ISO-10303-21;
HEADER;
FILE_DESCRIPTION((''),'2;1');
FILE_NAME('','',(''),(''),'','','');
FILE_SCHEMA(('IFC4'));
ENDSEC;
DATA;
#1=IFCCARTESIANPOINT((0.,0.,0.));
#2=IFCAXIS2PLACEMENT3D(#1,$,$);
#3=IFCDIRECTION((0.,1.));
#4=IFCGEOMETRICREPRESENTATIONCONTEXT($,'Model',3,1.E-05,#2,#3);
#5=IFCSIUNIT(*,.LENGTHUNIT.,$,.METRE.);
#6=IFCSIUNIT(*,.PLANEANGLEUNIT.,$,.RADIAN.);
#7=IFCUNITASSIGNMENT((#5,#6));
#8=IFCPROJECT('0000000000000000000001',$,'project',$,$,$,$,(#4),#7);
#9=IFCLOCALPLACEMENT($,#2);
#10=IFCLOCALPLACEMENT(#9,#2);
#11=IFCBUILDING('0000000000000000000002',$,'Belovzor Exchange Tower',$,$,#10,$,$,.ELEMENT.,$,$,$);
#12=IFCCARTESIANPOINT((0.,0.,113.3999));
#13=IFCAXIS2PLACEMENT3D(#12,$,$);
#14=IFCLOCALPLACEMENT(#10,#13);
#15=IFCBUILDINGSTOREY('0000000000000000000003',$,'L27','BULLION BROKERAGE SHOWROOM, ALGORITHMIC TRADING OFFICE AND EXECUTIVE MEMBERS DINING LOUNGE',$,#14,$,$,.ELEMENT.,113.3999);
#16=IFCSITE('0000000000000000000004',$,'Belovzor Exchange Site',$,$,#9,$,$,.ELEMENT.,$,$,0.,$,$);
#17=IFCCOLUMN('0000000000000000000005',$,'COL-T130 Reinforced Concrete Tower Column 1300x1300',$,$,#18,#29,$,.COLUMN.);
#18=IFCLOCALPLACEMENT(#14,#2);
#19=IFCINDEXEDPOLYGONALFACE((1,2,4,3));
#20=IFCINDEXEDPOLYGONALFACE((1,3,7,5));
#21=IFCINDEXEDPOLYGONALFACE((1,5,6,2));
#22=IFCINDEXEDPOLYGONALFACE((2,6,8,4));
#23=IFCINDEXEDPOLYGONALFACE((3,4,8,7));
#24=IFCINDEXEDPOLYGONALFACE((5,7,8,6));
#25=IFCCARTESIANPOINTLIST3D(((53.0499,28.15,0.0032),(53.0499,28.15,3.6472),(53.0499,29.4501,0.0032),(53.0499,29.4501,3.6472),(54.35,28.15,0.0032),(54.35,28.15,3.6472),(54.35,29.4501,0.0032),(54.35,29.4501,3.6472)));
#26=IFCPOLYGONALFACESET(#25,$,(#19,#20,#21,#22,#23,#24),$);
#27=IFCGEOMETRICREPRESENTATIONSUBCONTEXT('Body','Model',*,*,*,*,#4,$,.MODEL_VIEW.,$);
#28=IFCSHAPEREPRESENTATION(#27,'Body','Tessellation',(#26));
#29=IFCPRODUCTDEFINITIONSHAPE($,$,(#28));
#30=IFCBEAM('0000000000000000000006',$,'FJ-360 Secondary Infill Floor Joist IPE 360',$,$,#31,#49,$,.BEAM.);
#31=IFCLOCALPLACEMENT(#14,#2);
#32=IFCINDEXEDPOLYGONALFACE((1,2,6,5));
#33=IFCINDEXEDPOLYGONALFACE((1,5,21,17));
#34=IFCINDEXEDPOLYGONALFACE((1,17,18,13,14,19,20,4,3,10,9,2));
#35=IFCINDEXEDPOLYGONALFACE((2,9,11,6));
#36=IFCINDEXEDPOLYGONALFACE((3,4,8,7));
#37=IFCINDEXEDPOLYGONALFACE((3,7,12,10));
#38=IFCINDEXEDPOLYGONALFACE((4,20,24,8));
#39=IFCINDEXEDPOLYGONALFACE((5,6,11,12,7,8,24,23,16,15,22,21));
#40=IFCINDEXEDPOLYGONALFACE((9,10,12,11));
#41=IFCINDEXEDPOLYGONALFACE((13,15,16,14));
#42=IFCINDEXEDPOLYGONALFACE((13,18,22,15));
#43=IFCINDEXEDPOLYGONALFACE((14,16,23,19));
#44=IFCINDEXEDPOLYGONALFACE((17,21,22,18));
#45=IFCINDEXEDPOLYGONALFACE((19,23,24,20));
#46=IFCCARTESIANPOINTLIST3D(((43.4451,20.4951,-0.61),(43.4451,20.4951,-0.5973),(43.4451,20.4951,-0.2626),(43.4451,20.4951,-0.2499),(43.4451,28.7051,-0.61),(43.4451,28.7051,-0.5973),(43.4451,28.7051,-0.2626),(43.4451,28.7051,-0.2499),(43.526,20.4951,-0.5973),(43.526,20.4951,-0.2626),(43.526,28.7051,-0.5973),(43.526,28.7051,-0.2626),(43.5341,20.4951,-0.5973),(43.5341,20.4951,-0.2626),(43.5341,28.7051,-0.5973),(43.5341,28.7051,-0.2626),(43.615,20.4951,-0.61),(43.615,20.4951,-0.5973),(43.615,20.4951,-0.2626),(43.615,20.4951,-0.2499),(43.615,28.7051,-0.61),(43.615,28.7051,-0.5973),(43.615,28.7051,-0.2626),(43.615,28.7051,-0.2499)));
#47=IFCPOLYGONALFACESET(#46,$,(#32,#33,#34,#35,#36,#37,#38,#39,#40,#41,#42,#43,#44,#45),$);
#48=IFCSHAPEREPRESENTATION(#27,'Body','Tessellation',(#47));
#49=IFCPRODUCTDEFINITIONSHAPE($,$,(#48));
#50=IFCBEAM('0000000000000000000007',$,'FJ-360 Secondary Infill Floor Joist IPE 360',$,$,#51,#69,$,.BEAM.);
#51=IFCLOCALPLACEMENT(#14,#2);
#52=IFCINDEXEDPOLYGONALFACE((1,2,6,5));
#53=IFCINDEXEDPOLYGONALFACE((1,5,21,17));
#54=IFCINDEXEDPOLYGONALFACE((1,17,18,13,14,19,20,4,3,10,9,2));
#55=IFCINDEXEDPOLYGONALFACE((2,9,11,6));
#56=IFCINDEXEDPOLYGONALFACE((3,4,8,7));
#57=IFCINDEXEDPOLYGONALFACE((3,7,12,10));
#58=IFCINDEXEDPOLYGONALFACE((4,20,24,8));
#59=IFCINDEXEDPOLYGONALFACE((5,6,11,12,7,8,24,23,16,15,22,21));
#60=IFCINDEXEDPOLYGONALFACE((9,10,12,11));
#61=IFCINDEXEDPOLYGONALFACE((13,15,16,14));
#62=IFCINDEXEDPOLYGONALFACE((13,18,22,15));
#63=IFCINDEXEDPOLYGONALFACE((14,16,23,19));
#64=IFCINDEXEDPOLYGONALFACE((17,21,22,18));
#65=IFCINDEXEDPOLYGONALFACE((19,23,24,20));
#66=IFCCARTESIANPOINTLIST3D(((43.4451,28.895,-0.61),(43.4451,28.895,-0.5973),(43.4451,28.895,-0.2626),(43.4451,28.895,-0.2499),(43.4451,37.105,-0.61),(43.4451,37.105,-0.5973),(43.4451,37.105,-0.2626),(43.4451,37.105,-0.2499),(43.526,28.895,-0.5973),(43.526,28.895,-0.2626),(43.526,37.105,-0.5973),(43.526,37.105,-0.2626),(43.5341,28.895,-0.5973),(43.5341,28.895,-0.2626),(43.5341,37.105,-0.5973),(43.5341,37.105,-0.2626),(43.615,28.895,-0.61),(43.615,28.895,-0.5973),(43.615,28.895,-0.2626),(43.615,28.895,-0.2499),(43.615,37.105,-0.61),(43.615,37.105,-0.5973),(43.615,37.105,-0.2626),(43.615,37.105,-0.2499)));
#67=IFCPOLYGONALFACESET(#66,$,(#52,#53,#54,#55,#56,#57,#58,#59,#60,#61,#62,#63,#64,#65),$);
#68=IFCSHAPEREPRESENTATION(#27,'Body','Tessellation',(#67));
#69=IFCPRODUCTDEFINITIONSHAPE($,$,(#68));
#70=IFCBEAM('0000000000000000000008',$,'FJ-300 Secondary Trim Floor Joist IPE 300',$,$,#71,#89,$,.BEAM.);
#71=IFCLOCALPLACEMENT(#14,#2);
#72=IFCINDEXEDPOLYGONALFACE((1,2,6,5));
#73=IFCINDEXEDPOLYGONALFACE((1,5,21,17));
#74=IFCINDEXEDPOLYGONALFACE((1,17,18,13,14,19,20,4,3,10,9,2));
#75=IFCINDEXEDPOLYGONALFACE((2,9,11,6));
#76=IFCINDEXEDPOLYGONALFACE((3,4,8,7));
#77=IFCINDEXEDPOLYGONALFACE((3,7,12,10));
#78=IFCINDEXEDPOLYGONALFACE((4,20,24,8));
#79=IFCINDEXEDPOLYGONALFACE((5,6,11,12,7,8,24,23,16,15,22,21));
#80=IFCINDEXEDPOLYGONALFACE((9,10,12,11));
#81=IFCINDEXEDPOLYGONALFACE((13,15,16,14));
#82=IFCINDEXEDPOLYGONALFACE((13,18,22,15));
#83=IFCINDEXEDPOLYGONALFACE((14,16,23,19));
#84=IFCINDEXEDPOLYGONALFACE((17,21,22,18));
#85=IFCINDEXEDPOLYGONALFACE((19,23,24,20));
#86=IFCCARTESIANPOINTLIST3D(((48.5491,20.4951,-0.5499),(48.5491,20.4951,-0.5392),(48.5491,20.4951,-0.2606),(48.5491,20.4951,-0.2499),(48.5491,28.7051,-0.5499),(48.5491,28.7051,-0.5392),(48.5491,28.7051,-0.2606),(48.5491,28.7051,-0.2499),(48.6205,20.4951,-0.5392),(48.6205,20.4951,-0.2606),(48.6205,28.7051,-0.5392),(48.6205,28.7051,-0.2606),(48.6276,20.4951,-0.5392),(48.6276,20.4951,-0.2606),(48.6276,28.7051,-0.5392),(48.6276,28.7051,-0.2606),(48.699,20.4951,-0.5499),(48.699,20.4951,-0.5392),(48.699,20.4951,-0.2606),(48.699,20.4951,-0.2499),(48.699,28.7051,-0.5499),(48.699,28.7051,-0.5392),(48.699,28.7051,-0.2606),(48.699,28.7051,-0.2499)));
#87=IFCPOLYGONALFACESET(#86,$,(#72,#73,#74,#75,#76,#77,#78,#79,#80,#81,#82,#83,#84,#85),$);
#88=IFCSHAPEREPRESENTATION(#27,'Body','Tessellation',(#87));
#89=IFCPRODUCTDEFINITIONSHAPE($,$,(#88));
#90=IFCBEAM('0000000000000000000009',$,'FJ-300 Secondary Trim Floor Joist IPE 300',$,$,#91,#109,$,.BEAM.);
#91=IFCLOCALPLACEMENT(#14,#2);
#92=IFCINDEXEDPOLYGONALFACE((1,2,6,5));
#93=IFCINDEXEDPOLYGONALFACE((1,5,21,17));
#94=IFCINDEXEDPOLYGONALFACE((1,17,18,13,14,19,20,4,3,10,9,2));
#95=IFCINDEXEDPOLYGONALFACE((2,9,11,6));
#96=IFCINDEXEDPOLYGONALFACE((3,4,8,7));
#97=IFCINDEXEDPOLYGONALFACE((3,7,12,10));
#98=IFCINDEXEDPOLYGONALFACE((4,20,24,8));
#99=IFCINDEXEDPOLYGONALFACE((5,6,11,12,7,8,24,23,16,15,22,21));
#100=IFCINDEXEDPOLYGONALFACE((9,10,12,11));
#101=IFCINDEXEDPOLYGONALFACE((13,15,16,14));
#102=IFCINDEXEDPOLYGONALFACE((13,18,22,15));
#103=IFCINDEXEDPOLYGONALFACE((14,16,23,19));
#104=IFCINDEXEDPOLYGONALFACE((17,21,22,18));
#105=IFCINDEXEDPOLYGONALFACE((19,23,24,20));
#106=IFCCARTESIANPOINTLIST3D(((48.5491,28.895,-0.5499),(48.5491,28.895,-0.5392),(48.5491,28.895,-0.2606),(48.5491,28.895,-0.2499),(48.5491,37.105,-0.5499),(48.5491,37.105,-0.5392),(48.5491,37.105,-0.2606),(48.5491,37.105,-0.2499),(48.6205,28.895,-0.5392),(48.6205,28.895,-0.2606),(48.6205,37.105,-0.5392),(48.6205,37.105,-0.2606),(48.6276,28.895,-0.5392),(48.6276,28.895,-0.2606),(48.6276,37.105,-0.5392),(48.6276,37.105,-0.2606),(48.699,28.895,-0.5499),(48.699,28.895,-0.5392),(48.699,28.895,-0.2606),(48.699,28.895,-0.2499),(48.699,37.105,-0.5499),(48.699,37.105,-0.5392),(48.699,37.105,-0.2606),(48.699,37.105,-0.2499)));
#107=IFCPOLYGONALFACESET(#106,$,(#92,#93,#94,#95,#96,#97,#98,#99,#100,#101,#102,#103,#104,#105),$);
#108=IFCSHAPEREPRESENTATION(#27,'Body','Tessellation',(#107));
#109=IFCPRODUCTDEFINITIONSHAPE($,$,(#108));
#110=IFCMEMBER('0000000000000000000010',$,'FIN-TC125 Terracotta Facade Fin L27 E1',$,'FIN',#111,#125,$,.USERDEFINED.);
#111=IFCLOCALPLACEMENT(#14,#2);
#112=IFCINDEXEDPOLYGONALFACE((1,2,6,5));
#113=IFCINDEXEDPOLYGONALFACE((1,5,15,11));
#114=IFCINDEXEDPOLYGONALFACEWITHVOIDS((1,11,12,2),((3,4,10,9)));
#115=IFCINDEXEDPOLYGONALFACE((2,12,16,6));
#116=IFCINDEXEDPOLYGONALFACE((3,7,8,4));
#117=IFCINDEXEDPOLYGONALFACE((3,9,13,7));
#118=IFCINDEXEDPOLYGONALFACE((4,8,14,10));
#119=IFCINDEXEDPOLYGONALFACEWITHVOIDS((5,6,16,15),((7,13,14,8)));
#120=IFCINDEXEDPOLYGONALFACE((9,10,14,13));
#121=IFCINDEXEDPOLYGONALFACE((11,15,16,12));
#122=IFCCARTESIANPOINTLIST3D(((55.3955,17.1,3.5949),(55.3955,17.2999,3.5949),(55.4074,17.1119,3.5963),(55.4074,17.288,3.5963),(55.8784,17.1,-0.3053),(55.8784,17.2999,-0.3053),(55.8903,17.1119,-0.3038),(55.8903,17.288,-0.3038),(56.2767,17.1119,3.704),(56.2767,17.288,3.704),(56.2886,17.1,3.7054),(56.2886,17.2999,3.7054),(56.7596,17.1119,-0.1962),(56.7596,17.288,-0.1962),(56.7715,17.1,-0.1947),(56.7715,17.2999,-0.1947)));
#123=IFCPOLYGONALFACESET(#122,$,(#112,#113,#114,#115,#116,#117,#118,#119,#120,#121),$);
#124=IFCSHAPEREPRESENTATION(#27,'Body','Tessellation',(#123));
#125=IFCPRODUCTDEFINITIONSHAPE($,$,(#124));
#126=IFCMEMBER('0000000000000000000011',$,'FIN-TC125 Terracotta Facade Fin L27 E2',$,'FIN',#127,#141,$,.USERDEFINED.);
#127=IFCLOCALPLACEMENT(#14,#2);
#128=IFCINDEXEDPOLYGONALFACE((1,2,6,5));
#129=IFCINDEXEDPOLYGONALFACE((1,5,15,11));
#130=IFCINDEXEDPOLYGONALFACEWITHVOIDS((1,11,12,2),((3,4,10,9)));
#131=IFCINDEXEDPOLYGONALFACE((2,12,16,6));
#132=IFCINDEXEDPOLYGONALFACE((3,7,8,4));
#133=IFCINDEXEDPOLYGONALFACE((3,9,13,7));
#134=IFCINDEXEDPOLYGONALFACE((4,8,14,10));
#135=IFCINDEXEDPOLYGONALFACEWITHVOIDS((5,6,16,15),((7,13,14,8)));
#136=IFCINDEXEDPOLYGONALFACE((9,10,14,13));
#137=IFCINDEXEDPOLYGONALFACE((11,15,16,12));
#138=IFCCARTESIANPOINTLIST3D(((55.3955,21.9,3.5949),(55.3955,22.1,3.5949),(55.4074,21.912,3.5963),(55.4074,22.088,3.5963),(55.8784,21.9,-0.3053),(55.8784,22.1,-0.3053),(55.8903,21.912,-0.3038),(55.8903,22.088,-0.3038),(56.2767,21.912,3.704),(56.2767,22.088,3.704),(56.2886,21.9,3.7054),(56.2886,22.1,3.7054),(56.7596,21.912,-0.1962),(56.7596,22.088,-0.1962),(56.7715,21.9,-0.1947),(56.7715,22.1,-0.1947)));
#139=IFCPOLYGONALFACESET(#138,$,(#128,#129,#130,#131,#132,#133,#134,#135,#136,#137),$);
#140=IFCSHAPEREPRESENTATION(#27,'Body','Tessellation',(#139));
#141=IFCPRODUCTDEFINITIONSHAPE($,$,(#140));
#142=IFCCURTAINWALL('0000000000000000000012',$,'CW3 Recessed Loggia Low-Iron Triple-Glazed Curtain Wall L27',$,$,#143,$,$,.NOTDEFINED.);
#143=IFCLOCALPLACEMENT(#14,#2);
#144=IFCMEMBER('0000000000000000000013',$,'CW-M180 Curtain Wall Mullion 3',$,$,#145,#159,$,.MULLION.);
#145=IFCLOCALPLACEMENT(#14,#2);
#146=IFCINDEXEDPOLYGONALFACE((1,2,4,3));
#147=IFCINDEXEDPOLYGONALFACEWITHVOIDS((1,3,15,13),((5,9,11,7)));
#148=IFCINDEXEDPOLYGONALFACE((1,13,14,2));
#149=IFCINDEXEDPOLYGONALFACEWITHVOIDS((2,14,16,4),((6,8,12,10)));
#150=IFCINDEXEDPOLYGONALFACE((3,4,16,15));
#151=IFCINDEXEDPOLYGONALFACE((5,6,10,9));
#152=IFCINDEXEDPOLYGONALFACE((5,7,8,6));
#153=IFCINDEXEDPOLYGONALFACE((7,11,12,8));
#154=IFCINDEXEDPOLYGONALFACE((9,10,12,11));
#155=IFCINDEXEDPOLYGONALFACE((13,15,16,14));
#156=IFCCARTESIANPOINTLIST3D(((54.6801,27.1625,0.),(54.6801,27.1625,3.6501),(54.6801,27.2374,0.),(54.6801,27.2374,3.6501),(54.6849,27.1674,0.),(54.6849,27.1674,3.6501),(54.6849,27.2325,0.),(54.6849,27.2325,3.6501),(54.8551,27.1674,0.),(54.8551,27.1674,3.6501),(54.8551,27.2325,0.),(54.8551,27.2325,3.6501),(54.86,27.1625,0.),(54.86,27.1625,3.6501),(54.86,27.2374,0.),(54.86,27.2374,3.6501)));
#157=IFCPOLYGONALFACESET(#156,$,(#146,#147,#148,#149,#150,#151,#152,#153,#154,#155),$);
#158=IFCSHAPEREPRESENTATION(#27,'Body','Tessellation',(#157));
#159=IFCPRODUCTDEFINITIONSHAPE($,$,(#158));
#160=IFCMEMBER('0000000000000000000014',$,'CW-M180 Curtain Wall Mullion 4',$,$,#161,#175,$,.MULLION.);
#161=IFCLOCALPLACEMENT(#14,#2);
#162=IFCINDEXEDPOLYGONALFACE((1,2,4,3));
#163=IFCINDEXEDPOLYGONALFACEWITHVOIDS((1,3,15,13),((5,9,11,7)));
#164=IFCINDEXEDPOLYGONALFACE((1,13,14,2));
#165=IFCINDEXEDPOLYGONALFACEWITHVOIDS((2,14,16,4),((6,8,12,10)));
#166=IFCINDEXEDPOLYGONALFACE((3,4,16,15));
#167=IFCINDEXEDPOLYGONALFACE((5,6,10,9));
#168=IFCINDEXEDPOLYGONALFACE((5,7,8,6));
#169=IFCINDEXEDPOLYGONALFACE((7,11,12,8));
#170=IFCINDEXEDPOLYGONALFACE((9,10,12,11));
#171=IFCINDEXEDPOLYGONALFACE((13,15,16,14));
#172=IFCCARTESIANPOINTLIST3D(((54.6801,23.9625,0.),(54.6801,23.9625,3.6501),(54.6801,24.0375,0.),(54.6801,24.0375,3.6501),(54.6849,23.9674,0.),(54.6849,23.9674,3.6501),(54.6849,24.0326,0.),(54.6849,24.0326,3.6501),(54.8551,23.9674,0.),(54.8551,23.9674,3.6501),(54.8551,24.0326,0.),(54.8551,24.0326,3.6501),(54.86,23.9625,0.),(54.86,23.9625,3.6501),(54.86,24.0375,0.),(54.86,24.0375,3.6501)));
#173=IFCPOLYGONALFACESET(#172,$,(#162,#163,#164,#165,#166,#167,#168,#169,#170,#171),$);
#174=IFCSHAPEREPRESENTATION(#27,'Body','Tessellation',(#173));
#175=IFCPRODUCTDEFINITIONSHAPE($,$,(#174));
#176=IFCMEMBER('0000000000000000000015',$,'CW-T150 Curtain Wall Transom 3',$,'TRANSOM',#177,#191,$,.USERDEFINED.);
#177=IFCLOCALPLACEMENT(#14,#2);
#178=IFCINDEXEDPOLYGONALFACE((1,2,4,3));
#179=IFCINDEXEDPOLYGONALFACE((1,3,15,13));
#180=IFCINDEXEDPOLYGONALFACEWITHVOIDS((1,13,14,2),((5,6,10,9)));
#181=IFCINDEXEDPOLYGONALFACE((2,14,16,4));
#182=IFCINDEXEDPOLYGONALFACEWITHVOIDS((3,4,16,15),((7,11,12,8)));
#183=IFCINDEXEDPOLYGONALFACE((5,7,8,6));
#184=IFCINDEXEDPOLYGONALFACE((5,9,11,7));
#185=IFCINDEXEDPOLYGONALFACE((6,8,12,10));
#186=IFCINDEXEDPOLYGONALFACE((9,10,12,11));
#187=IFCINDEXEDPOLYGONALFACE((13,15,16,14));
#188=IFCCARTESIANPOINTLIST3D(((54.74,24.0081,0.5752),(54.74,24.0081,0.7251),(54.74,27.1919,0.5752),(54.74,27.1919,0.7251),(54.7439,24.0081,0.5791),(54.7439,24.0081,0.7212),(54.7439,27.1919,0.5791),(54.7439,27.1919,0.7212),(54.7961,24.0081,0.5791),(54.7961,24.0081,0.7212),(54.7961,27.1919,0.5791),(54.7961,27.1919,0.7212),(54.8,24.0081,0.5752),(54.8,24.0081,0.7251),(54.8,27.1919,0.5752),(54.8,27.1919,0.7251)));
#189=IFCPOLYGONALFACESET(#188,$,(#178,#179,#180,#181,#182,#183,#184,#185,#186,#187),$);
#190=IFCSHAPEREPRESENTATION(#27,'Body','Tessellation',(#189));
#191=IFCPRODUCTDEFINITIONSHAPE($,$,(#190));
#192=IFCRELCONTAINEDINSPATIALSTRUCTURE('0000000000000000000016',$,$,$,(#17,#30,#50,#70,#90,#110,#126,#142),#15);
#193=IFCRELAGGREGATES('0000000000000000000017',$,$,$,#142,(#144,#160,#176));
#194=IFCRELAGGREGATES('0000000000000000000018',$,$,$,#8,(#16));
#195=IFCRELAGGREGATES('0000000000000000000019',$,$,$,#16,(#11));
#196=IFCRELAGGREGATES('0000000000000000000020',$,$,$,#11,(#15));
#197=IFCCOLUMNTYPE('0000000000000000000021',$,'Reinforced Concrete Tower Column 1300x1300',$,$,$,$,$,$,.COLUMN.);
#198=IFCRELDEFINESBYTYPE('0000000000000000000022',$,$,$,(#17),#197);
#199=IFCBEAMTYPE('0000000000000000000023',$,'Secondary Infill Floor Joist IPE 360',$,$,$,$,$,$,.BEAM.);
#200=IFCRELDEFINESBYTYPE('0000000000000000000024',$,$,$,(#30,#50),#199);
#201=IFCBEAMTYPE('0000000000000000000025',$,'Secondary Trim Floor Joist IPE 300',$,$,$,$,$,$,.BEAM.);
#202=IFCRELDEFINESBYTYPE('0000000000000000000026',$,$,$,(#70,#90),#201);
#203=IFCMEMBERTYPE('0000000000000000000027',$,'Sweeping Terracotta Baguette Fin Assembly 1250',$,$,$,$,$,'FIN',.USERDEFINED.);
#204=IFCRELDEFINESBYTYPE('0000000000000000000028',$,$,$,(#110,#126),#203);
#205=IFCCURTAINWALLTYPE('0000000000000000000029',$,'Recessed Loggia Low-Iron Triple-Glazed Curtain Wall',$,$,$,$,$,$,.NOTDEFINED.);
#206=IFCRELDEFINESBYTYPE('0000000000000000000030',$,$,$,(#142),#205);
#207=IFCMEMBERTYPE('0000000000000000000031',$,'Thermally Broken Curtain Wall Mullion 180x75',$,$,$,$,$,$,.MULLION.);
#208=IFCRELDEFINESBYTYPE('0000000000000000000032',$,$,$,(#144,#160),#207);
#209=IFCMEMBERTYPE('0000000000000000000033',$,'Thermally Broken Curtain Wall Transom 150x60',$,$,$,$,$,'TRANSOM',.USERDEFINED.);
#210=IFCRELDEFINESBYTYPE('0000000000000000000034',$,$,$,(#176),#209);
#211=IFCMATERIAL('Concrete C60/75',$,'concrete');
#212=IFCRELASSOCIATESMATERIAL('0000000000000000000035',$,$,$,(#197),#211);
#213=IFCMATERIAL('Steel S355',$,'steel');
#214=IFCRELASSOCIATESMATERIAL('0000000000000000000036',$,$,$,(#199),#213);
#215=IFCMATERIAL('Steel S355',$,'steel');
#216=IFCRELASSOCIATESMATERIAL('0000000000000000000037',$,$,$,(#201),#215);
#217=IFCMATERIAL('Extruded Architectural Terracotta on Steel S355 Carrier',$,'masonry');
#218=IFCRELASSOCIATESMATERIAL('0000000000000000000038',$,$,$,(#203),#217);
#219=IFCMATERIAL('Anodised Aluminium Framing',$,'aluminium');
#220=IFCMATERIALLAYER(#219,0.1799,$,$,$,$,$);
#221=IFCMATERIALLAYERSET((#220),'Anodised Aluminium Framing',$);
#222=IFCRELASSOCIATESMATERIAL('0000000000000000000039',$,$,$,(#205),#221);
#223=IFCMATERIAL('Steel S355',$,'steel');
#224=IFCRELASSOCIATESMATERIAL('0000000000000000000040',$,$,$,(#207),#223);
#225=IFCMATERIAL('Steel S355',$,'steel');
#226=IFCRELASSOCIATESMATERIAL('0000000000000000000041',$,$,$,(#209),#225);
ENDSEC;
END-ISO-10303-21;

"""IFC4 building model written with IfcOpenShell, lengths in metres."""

from ifc_helpers import new_model, si_unit, direction, frame, origin, origin_2d, place, context, subcontext, project, spatial, rectangle, hollow_rectangle, i_section, extrude, material, layer, layer_set, material_profile, profile_set, type_object, element, aggregate, save


model = new_model("IFC4")

# Units and contexts
model_context = context("Model", 3, precision=1e-05, world=origin(), true_north=direction((0.0, 1.0)))
body_context = subcontext(model_context, "Body", "Model", "MODEL_VIEW")
ifc_project = project(units=[si_unit("LENGTHUNIT", "METRE"), si_unit("PLANEANGLEUNIT", "RADIAN")], contexts=[model_context])

# Site, building, storey
site_placement = place(None, origin())
site = spatial("IfcSite", under=ifc_project, at=site_placement, Name="Belovzor Exchange Site", CompositionType="ELEMENT", RefElevation=0.0)
building_placement = place(site_placement, origin())
building = spatial("IfcBuilding", under=site, at=building_placement, Name="Belovzor Exchange Tower", CompositionType="ELEMENT")
storey_placement = place(building_placement, frame((0.0, 0.0, 113.3999)))
storey = spatial("IfcBuildingStorey", under=building, at=storey_placement, Name="L27", Description="BULLION BROKERAGE SHOWROOM, ALGORITHMIC TRADING OFFICE AND EXECUTIVE MEMBERS DINING LOUNGE", CompositionType="ELEMENT", Elevation=113.3999)

# Column
ifc_material_1 = material(Name="Concrete C60/75", Category="concrete")
ifc_material_profile_1 = material_profile(ifc_material_1, rectangle(XDim=1.3, YDim=1.3, at=origin_2d()))
ifc_profile_set_1 = profile_set([ifc_material_profile_1], Name="Concrete C60/75")
column_type = type_object("IfcColumnType", Name="Reinforced Concrete Tower Column 1300x1300", PredefinedType="COLUMN", material=ifc_profile_set_1)
column_placement = place(storey_placement, frame((53.7, 28.8, 0.0032), z_axis=(0.0, 0.0, 1.0), x_axis=(1.0, 0.0, 0.0)))
element("IfcColumn", 1, at=column_placement, inside=storey, type_object=column_type, Name="COL-T130 Reinforced Concrete Tower Column 1300x1300", PredefinedType="COLUMN", context=body_context, shape_type="SweptSolid", body=[
    extrude(rectangle(XDim=1.3, YDim=1.3, at=origin_2d()), origin(), (0.0, 0.0, 1.0), 3.644),
])

# Beams
ifc_material_2 = material(Name="Steel S355", Category="steel")
ifc_material_profile_2 = material_profile(ifc_material_2, i_section(OverallWidth=0.1699, OverallDepth=0.3601, WebThickness=0.0081, FlangeThickness=0.0127, at=origin_2d()))
ifc_profile_set_2 = profile_set([ifc_material_profile_2], Name="Steel S355")
beam_type_1 = type_object("IfcBeamType", Name="Secondary Infill Floor Joist IPE 360", PredefinedType="BEAM", material=ifc_profile_set_2)
for number, where, z_axis, x_axis, name in (
    (2, (43.53, 20.4951, -0.4299), (0.0, 1.0, 0.0), (-1.0, 0.0, 0.0), "FJ-360 Secondary Infill Floor Joist IPE 360"),
    (3, (43.53, 28.895, -0.4299), (0.0, 1.0, 0.0), (-1.0, 0.0, 0.0), "FJ-360 Secondary Infill Floor Joist IPE 360"),
):
    element("IfcBeam", number, at=place(storey_placement, frame(where, z_axis=z_axis, x_axis=x_axis)), inside=storey, type_object=beam_type_1, Name=name, PredefinedType="BEAM", context=body_context, shape_type="SweptSolid", body=[
        extrude(i_section(OverallWidth=0.1699, OverallDepth=0.3601, WebThickness=0.0081, FlangeThickness=0.0127, at=origin_2d()), origin(), (0.0, 0.0, 1.0), 8.21),
    ])
ifc_material_3 = material(Name="Steel S355", Category="steel")
ifc_material_profile_3 = material_profile(ifc_material_3, i_section(OverallWidth=0.1499, OverallDepth=0.3, WebThickness=0.0071, FlangeThickness=0.0107, at=origin_2d()))
ifc_profile_set_3 = profile_set([ifc_material_profile_3], Name="Steel S355")
beam_type_2 = type_object("IfcBeamType", Name="Secondary Trim Floor Joist IPE 300", PredefinedType="BEAM", material=ifc_profile_set_3)
for number, where, z_axis, x_axis, name in (
    (4, (48.624, 20.4951, -0.3999), (0.0, 1.0, 0.0), (-1.0, 0.0, 0.0), "FJ-300 Secondary Trim Floor Joist IPE 300"),
    (5, (48.624, 28.895, -0.3999), (0.0, 1.0, 0.0), (-1.0, 0.0, 0.0), "FJ-300 Secondary Trim Floor Joist IPE 300"),
):
    element("IfcBeam", number, at=place(storey_placement, frame(where, z_axis=z_axis, x_axis=x_axis)), inside=storey, type_object=beam_type_2, Name=name, PredefinedType="BEAM", context=body_context, shape_type="SweptSolid", body=[
        extrude(i_section(OverallWidth=0.1499, OverallDepth=0.3, WebThickness=0.0071, FlangeThickness=0.0107, at=origin_2d()), origin(), (0.0, 0.0, 1.0), 8.21),
    ])

# Members
ifc_material_4 = material(Name="Extruded Architectural Terracotta on Steel S355 Carrier", Category="masonry")
ifc_material_profile_4 = material_profile(ifc_material_4, hollow_rectangle(XDim=0.2, YDim=0.8999, WallThickness=0.012, at=origin_2d()))
ifc_profile_set_4 = profile_set([ifc_material_profile_4], Name="Extruded Architectural Terracotta on Steel S355 Carrier")
member_type_1 = type_object("IfcMemberType", Name="Sweeping Terracotta Baguette Fin Assembly 1250", ElementType="FIN", PredefinedType="USERDEFINED", material=ifc_profile_set_4)
for number, where, z_axis, x_axis, name in (
    (6, (56.325, 17.2, -0.25), (-0.12288, 0.0, 0.992422), (0.0, -1.0, 0.0), "FIN-TC125 Terracotta Facade Fin L27 E1"),
    (7, (56.325, 22.0, -0.25), (-0.12288, 0.0, 0.992422), (0.0, -1.0, 0.0), "FIN-TC125 Terracotta Facade Fin L27 E2"),
):
    element("IfcMember", number, at=place(storey_placement, frame(where, z_axis=z_axis, x_axis=x_axis)), inside=storey, type_object=member_type_1, Name=name, ObjectType="FIN", PredefinedType="USERDEFINED", context=body_context, shape_type="SweptSolid", body=[
        extrude(hollow_rectangle(XDim=0.2, YDim=0.8999, WallThickness=0.012, at=origin_2d()), origin(), (0.0, 0.0, 1.0), 3.9299),
    ])

# Curtain wall, members
ifc_material_5 = material(Name="Anodised Aluminium Framing", Category="aluminium")
ifc_layer_1 = layer(ifc_material_5, 0.1799)
ifc_layer_set_1 = layer_set([ifc_layer_1], Name="Anodised Aluminium Framing")
curtain_wall_type = type_object("IfcCurtainWallType", Name="Recessed Loggia Low-Iron Triple-Glazed Curtain Wall", PredefinedType="NOTDEFINED", material=ifc_layer_set_1)
curtain_wall_placement = place(storey_placement, origin())
curtain_wall = element("IfcCurtainWall", 8, at=curtain_wall_placement, inside=storey, type_object=curtain_wall_type, Name="CW3 Recessed Loggia Low-Iron Triple-Glazed Curtain Wall L27", PredefinedType="NOTDEFINED")
ifc_material_6 = material(Name="Steel S355", Category="steel")
ifc_material_profile_5 = material_profile(ifc_material_6, hollow_rectangle(XDim=0.075, YDim=0.1799, WallThickness=0.0049, at=origin_2d()))
ifc_profile_set_5 = profile_set([ifc_material_profile_5], Name="Steel S355")
member_type_2 = type_object("IfcMemberType", Name="Thermally Broken Curtain Wall Mullion 180x75", PredefinedType="MULLION", material=ifc_profile_set_5)
member_1_placement = place(storey_placement, frame((54.77, 27.2, 0.0), z_axis=(0.0, 0.0, 1.0), x_axis=(0.0, -1.0, 0.0)))
member_1 = element("IfcMember", 9, at=member_1_placement, type_object=member_type_2, Name="CW-M180 Curtain Wall Mullion 3", PredefinedType="MULLION", context=body_context, shape_type="SweptSolid", body=[
    extrude(hollow_rectangle(XDim=0.075, YDim=0.1799, WallThickness=0.0049, at=origin_2d()), origin(), (0.0, 0.0, 1.0), 3.6501),
])
member_2_placement = place(storey_placement, frame((54.77, 24.0, 0.0), z_axis=(0.0, 0.0, 1.0), x_axis=(0.0, -1.0, 0.0)))
member_2 = element("IfcMember", 10, at=member_2_placement, type_object=member_type_2, Name="CW-M180 Curtain Wall Mullion 4", PredefinedType="MULLION", context=body_context, shape_type="SweptSolid", body=[
    extrude(hollow_rectangle(XDim=0.075, YDim=0.1799, WallThickness=0.0049, at=origin_2d()), origin(), (0.0, 0.0, 1.0), 3.6501),
])
ifc_material_7 = material(Name="Steel S355", Category="steel")
ifc_material_profile_6 = material_profile(ifc_material_7, hollow_rectangle(XDim=0.0601, YDim=0.1499, WallThickness=0.0039, at=origin_2d()))
ifc_profile_set_6 = profile_set([ifc_material_profile_6], Name="Steel S355")
member_type_3 = type_object("IfcMemberType", Name="Thermally Broken Curtain Wall Transom 150x60", ElementType="TRANSOM", PredefinedType="USERDEFINED", material=ifc_profile_set_6)
member_3_placement = place(storey_placement, frame((54.77, 27.1919, 0.6501), z_axis=(0.0, -1.0, 0.0), x_axis=(1.0, 0.0, 0.0)))
member_3 = element("IfcMember", 11, at=member_3_placement, type_object=member_type_3, Name="CW-T150 Curtain Wall Transom 3", ObjectType="TRANSOM", PredefinedType="USERDEFINED", context=body_context, shape_type="SweptSolid", body=[
    extrude(hollow_rectangle(XDim=0.0601, YDim=0.1499, WallThickness=0.0039, at=origin_2d()), origin(), (0.0, 0.0, 1.0), 3.1838),
])

aggregate(curtain_wall, [member_1, member_2, member_3])

save(model, "model.ifc")
